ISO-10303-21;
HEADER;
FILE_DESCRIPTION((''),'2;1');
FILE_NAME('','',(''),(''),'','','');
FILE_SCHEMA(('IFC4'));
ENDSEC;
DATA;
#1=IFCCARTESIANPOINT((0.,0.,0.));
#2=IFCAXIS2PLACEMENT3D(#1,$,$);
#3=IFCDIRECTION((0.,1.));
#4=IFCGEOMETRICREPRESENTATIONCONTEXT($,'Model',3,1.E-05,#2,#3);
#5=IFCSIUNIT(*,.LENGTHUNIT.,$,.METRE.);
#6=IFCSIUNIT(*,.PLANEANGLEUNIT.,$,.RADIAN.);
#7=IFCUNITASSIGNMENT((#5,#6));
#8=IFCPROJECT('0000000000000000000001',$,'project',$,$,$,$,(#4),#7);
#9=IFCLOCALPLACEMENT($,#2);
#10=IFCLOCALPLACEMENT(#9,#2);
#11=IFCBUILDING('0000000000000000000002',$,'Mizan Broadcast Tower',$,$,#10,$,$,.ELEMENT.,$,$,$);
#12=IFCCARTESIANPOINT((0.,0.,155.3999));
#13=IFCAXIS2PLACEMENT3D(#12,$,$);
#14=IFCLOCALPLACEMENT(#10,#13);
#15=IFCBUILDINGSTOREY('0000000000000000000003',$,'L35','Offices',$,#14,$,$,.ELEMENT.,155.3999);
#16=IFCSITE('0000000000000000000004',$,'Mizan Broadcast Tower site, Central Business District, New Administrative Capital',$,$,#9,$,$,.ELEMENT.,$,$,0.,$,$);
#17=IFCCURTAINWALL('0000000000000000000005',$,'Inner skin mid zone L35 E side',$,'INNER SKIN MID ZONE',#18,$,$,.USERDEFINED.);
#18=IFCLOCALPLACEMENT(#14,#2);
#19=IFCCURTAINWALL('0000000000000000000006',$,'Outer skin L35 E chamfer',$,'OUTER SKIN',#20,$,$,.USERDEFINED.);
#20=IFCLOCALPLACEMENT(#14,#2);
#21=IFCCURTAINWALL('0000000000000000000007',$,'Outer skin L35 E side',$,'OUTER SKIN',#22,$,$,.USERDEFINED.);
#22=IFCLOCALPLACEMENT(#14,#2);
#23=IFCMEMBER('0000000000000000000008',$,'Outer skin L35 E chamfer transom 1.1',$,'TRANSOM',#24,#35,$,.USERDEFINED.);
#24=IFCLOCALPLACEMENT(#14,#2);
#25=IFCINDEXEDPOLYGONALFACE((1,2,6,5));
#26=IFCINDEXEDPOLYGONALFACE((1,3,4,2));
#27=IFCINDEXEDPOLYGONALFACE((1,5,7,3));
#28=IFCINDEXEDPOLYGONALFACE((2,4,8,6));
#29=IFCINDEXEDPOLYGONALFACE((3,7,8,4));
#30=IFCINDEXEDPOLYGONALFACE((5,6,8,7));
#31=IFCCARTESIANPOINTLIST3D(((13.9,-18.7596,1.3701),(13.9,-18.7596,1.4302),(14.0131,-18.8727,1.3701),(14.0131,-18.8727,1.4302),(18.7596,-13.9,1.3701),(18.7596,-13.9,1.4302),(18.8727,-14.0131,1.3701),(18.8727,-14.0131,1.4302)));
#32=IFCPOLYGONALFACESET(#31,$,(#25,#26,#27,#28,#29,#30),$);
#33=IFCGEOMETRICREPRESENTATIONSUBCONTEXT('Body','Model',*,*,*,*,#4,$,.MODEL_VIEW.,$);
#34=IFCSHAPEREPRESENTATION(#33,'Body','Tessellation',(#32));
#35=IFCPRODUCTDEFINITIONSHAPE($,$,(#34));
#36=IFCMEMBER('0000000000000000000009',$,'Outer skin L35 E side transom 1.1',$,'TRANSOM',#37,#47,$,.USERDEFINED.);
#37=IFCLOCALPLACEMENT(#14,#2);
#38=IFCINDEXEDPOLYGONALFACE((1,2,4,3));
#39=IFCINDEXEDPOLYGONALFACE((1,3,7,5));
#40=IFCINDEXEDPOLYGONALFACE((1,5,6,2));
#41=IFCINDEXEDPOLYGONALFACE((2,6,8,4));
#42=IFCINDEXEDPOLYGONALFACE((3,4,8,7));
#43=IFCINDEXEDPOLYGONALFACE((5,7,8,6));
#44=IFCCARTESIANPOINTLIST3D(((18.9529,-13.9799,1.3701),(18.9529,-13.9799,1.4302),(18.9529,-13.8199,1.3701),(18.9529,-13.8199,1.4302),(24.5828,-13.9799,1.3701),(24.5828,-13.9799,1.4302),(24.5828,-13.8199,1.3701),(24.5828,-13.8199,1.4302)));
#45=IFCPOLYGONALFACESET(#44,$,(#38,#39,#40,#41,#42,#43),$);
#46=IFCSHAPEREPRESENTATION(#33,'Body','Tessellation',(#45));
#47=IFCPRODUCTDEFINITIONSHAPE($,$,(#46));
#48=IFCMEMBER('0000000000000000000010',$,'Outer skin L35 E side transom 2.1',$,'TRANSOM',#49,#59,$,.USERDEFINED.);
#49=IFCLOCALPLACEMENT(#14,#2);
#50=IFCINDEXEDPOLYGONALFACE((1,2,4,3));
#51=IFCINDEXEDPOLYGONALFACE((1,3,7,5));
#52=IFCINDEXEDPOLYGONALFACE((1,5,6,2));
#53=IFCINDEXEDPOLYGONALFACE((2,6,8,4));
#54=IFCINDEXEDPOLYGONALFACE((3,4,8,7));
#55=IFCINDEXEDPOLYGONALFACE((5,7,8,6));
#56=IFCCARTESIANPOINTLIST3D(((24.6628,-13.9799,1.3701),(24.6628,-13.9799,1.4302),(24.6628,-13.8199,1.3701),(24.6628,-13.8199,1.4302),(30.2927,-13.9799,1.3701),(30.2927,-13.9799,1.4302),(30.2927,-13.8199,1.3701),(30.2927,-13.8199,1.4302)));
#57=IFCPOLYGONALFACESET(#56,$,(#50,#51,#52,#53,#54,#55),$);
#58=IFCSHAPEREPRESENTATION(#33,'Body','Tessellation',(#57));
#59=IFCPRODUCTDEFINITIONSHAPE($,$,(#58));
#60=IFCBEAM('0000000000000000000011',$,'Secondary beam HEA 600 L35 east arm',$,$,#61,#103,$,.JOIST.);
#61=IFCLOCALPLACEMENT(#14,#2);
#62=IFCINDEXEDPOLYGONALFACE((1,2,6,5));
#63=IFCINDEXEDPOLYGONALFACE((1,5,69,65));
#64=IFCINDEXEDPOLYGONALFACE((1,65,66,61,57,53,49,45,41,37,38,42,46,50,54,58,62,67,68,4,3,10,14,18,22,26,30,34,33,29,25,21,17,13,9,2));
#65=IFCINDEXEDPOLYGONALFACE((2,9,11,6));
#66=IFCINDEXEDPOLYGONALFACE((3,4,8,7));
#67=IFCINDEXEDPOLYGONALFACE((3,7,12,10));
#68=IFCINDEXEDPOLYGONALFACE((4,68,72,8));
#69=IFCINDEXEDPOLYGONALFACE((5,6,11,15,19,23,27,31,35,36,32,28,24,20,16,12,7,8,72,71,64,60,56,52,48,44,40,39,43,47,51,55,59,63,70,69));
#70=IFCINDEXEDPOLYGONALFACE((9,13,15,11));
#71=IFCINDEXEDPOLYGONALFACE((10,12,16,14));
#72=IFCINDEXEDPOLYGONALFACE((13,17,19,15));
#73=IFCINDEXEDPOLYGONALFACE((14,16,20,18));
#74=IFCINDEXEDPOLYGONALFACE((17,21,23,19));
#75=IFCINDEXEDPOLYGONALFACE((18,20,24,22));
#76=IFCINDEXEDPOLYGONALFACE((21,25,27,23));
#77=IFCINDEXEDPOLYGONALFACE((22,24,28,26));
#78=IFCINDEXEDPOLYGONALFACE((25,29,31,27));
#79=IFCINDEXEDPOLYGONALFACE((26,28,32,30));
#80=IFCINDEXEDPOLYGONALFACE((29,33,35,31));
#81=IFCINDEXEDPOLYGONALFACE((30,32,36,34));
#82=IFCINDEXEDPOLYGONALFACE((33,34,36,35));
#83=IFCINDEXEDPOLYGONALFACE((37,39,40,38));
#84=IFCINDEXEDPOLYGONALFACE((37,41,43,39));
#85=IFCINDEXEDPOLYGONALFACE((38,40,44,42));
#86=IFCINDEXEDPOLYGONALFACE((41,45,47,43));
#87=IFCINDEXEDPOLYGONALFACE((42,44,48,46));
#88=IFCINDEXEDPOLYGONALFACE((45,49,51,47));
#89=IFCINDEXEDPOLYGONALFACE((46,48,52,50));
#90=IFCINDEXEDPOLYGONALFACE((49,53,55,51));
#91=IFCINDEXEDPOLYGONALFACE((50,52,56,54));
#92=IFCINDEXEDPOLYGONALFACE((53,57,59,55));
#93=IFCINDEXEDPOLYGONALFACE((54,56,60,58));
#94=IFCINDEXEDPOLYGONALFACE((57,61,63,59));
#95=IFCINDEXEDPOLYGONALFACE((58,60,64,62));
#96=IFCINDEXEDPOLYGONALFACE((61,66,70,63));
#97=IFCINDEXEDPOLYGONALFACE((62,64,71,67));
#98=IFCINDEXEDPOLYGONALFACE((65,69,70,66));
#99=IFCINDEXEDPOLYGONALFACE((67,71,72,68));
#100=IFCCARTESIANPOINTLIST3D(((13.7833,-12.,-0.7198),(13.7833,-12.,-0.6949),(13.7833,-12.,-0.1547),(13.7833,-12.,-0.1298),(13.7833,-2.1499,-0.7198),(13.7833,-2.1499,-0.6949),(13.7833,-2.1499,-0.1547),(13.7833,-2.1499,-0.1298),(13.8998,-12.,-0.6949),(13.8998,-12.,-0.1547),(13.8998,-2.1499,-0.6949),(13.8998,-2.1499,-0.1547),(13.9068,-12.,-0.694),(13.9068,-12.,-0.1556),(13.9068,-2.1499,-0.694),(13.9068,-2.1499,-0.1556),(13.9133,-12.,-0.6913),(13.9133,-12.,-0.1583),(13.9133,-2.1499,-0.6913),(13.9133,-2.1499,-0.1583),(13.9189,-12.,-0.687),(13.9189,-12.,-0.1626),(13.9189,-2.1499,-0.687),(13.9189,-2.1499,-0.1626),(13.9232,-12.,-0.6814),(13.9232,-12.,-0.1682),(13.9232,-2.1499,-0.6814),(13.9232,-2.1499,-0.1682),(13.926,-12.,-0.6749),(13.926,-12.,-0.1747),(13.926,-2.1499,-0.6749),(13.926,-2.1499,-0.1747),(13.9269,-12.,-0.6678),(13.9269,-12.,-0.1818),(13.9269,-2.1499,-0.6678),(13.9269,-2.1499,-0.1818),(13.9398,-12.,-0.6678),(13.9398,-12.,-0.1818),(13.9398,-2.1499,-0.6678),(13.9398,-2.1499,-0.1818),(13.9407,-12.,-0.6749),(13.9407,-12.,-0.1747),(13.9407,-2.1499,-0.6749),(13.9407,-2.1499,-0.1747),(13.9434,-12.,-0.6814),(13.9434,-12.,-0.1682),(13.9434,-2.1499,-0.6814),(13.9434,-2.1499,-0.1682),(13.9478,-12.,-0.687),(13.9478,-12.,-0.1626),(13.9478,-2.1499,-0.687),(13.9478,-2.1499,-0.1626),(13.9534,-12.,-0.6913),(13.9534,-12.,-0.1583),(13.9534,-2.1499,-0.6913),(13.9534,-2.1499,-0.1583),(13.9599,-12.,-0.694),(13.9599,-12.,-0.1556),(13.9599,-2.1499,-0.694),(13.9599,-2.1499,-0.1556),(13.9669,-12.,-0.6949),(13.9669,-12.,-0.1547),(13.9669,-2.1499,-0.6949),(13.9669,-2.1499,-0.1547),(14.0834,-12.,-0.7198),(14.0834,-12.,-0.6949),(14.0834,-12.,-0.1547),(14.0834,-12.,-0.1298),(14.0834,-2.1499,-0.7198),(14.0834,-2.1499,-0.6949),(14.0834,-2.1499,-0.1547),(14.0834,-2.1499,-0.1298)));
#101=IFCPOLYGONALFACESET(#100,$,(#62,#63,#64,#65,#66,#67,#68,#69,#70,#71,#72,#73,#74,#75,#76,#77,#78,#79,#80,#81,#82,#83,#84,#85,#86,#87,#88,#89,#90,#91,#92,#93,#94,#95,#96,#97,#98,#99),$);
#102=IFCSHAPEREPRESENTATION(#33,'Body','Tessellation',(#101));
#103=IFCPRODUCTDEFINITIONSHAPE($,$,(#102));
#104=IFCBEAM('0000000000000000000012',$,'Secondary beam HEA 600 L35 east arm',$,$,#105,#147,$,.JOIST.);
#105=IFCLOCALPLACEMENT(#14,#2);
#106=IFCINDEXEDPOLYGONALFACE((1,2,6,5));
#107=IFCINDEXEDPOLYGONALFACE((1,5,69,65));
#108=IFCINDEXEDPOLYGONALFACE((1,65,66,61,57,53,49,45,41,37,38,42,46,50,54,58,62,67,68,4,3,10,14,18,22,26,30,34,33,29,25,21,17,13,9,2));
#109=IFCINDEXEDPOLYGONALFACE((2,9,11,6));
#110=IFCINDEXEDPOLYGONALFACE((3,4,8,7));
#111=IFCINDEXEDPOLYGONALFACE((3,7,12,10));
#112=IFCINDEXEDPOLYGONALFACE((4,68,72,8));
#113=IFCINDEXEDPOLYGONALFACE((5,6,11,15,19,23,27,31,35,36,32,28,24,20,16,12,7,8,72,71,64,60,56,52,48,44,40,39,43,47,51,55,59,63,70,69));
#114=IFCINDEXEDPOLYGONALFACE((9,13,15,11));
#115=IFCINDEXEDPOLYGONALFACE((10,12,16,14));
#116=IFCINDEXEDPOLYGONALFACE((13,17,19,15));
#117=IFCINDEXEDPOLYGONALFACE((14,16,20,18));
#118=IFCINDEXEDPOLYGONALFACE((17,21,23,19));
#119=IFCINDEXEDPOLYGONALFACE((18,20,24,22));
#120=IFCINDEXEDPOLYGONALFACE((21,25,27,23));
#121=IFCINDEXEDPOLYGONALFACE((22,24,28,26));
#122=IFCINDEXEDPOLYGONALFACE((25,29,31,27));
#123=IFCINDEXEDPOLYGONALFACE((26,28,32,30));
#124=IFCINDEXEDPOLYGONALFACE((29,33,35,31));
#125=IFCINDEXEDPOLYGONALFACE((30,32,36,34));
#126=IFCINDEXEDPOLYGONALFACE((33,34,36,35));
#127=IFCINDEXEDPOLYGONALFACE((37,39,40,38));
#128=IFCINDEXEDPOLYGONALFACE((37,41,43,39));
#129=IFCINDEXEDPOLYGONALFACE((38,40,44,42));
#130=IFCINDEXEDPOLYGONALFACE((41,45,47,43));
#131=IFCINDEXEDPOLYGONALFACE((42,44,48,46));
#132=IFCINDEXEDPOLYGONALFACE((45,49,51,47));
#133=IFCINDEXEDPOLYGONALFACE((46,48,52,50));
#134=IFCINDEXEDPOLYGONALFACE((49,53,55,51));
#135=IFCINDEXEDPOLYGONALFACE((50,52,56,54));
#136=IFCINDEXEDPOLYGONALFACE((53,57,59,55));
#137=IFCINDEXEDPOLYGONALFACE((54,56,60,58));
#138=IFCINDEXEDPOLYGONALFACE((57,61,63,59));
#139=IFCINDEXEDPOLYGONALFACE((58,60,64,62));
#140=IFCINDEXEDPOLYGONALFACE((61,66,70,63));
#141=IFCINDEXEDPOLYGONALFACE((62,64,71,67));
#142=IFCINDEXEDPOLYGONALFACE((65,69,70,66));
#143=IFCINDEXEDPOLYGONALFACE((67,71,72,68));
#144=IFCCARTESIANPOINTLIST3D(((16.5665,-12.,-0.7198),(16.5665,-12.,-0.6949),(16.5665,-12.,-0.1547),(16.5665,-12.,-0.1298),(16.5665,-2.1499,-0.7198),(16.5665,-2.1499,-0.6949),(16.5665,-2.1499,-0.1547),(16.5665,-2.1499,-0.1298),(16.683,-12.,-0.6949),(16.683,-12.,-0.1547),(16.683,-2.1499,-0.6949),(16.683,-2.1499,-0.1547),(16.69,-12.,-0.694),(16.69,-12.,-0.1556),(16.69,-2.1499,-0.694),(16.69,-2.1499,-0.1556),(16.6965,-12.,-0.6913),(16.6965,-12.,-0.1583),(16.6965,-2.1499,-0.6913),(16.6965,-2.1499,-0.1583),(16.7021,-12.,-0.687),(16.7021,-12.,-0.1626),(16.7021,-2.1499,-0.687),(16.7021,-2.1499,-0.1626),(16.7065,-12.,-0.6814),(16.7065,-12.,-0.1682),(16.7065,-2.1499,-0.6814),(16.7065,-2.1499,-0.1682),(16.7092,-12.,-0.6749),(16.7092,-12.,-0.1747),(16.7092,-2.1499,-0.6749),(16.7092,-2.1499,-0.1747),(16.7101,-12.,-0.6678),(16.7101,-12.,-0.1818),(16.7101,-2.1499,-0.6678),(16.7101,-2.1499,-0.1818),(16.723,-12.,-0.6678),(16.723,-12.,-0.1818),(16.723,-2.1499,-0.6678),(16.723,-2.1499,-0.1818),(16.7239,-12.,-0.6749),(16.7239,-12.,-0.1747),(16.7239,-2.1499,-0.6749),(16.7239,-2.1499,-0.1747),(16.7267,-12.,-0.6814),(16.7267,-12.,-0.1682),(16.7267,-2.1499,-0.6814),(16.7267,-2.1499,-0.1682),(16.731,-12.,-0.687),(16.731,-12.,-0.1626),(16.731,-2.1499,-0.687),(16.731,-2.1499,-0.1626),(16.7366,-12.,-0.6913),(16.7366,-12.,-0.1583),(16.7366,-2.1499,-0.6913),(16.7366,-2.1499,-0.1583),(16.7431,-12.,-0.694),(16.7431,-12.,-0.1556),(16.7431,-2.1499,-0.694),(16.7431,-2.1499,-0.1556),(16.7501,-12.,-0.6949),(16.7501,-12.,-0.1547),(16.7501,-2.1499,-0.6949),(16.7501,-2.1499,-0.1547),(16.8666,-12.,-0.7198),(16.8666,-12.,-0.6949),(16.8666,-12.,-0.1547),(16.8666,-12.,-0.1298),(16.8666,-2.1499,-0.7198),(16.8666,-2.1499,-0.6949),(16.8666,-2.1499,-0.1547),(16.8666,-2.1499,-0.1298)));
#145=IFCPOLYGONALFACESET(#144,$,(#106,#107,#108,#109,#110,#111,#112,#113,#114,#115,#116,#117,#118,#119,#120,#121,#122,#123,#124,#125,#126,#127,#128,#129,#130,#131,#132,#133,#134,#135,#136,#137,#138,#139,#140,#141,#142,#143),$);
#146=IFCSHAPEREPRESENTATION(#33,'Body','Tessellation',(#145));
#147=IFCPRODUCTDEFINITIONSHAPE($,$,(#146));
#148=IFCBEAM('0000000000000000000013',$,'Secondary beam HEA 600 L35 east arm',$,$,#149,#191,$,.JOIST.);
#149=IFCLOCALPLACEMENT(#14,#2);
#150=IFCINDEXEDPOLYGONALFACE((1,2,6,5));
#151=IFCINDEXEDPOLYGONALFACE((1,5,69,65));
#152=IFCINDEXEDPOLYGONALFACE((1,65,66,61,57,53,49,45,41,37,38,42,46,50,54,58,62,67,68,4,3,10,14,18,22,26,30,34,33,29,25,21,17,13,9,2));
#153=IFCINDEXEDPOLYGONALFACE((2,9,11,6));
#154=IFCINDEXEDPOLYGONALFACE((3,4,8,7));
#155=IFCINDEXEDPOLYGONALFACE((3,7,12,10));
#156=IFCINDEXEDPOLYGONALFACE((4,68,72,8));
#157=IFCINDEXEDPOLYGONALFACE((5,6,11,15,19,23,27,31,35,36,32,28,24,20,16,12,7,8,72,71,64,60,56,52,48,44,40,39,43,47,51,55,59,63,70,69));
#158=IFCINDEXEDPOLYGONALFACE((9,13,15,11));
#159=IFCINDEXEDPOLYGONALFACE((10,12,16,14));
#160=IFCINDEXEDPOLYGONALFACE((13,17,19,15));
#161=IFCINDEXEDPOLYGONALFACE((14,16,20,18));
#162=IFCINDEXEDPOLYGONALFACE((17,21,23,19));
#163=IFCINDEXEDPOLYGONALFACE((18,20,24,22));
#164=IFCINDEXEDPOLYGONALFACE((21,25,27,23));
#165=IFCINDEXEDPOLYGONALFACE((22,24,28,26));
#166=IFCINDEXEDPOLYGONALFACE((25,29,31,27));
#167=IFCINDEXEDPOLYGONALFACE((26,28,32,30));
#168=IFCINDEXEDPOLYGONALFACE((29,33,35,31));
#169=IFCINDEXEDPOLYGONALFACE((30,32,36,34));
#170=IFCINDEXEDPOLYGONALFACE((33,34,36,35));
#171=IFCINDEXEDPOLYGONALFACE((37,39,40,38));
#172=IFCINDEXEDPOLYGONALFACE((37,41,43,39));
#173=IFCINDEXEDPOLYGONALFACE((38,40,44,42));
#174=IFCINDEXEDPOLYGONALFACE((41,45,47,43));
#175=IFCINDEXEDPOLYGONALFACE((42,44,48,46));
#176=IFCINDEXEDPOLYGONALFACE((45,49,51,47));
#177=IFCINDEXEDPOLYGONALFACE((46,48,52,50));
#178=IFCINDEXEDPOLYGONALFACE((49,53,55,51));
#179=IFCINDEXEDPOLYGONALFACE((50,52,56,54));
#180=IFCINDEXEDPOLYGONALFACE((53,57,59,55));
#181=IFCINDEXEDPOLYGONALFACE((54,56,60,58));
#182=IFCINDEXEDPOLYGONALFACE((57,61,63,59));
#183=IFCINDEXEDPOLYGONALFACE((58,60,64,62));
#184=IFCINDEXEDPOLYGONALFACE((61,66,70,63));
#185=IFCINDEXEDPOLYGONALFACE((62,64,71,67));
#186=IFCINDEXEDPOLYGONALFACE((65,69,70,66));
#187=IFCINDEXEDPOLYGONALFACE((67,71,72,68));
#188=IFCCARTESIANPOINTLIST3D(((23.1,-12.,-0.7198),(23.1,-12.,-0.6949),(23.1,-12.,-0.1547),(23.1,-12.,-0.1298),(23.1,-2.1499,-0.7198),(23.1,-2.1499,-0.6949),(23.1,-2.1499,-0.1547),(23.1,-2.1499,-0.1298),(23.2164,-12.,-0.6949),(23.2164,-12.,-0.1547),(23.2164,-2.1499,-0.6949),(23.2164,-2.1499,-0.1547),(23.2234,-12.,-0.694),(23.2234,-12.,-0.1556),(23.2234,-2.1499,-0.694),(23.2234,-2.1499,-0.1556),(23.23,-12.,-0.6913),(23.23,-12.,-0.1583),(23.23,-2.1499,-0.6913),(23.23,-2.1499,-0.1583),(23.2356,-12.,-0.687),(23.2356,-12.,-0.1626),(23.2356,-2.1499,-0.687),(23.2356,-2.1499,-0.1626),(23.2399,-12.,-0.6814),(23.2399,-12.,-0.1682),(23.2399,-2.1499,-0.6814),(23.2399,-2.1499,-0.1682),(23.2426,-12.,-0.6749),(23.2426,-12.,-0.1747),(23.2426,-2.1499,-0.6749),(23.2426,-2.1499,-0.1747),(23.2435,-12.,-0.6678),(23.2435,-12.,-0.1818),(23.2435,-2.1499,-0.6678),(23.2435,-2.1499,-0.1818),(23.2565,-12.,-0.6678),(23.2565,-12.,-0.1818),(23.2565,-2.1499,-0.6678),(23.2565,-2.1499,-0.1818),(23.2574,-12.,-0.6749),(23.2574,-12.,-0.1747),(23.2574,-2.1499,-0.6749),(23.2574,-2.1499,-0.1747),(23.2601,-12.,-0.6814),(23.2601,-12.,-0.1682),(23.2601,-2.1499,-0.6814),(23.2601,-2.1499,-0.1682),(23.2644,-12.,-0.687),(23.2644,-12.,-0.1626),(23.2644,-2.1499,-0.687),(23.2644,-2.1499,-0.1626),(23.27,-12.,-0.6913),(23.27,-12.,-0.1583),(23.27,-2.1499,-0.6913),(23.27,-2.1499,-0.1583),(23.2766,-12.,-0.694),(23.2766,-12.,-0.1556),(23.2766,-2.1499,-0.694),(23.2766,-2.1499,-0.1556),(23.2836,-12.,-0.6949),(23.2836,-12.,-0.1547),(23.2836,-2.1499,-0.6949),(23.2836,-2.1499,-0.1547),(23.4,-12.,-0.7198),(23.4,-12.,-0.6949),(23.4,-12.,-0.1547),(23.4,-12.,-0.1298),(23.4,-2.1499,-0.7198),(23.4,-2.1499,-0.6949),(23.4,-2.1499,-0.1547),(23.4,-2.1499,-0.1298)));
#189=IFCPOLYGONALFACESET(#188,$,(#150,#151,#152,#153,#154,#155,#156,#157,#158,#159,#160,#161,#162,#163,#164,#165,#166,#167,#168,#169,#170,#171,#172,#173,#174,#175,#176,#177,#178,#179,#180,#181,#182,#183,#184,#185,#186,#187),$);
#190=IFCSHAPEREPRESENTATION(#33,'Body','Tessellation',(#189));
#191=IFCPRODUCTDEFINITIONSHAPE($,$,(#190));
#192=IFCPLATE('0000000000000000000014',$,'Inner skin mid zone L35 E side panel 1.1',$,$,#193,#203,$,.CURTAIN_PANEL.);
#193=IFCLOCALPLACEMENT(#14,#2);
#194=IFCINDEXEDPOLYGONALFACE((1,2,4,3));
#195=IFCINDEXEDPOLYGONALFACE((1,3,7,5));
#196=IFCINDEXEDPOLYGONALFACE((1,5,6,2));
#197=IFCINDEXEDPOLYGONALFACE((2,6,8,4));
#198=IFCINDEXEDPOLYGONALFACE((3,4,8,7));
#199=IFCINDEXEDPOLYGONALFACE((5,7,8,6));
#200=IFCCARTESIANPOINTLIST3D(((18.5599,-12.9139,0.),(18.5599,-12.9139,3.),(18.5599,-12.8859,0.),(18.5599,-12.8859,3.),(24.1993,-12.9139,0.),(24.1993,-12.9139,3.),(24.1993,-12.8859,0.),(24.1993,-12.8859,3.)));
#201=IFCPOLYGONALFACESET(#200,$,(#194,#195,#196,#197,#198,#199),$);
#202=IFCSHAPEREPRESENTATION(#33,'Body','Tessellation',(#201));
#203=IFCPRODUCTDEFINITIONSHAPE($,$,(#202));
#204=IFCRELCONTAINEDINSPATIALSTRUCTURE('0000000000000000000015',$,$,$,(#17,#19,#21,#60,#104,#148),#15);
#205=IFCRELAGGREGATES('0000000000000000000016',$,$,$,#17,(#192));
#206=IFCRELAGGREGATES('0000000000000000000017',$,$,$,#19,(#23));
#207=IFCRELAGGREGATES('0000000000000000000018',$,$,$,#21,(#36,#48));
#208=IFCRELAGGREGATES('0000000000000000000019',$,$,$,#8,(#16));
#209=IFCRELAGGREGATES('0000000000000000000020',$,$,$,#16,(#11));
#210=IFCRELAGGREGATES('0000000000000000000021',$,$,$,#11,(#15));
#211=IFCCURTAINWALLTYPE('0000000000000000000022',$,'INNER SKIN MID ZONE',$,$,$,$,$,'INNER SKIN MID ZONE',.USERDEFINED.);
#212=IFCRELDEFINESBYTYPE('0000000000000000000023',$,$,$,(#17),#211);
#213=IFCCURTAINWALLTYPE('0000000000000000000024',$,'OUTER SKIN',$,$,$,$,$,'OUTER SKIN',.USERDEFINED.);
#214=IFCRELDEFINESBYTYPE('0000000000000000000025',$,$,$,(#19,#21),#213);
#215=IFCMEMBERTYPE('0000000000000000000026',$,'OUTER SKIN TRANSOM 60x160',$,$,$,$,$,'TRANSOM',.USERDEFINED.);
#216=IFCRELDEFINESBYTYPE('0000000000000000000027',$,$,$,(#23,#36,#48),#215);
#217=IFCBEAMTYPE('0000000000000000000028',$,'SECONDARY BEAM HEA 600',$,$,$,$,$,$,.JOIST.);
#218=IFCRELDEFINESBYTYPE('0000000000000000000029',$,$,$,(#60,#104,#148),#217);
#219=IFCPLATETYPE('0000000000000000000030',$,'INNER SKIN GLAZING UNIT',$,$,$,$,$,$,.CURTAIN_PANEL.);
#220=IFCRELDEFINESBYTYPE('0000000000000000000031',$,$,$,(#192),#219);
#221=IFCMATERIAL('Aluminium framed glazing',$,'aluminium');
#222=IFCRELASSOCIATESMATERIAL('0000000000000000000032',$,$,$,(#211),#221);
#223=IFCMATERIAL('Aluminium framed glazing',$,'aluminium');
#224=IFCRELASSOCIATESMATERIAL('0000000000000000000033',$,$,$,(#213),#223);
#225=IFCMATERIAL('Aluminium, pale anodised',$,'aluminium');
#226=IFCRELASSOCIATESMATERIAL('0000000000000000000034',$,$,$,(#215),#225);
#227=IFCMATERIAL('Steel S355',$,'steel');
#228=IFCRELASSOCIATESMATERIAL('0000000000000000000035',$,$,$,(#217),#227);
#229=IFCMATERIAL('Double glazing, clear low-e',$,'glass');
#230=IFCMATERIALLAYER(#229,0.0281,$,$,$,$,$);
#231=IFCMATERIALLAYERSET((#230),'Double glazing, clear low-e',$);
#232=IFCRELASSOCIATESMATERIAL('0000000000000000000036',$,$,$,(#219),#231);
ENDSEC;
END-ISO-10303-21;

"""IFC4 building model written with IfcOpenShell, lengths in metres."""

from ifc_helpers import new_model, si_unit, direction, frame, origin, origin_2d, place, context, subcontext, project, spatial, rectangle, i_section, extrude, material, layer, layer_set, material_profile, profile_set, type_object, element, aggregate, save


model = new_model("IFC4")

# Units and contexts
model_context = context("Model", 3, precision=1e-05, world=origin(), true_north=direction((0.0, 1.0)))
body_context = subcontext(model_context, "Body", "Model", "MODEL_VIEW")
ifc_project = project(units=[si_unit("LENGTHUNIT", "METRE"), si_unit("PLANEANGLEUNIT", "RADIAN")], contexts=[model_context])

# Site, building, storey
site_placement = place(None, origin())
site = spatial("IfcSite", under=ifc_project, at=site_placement, Name="Mizan Broadcast Tower site, Central Business District, New Administrative Capital", CompositionType="ELEMENT", RefElevation=0.0)
building_placement = place(site_placement, origin())
building = spatial("IfcBuilding", under=site, at=building_placement, Name="Mizan Broadcast Tower", CompositionType="ELEMENT")
storey_placement = place(building_placement, frame((0.0, 0.0, 155.3999)))
storey = spatial("IfcBuildingStorey", under=building, at=storey_placement, Name="L35", Description="Offices", CompositionType="ELEMENT", Elevation=155.3999)

# Curtain wall
ifc_material_1 = material(Name="Aluminium framed glazing", Category="aluminium")
curtain_wall_type_1 = type_object("IfcCurtainWallType", Name="INNER SKIN MID ZONE", ElementType="INNER SKIN MID ZONE", PredefinedType="USERDEFINED", material=ifc_material_1)
curtain_wall_1_placement = place(storey_placement, origin())
curtain_wall_1 = element("IfcCurtainWall", 1, at=curtain_wall_1_placement, inside=storey, type_object=curtain_wall_type_1, Name="Inner skin mid zone L35 E side", ObjectType="INNER SKIN MID ZONE", PredefinedType="USERDEFINED")

# Curtain walls
ifc_material_2 = material(Name="Aluminium framed glazing", Category="aluminium")
curtain_wall_type_2 = type_object("IfcCurtainWallType", Name="OUTER SKIN", ElementType="OUTER SKIN", PredefinedType="USERDEFINED", material=ifc_material_2)
curtain_wall_2_placement = place(storey_placement, origin())
curtain_wall_2 = element("IfcCurtainWall", 2, at=curtain_wall_2_placement, inside=storey, type_object=curtain_wall_type_2, Name="Outer skin L35 E chamfer", ObjectType="OUTER SKIN", PredefinedType="USERDEFINED")
curtain_wall_3_placement = place(storey_placement, origin())
curtain_wall_3 = element("IfcCurtainWall", 3, at=curtain_wall_3_placement, inside=storey, type_object=curtain_wall_type_2, Name="Outer skin L35 E side", ObjectType="OUTER SKIN", PredefinedType="USERDEFINED")

# Members
ifc_material_3 = material(Name="Aluminium, pale anodised", Category="aluminium")
ifc_material_profile_1 = material_profile(ifc_material_3, rectangle(XDim=0.1599, YDim=0.0601, at=origin_2d()), Name="TRANSOM 160x60")
ifc_profile_set_1 = profile_set([ifc_material_profile_1], Name="Aluminium, pale anodised")
member_type_1 = type_object("IfcMemberType", Name="OUTER SKIN TRANSOM 60x160", ElementType="TRANSOM", PredefinedType="USERDEFINED", material=ifc_profile_set_1)
member_1_placement = place(storey_placement, frame((13.9565, -18.8162, 1.4001), z_axis=(0.707107, 0.707107, 0.0), x_axis=(-0.707107, 0.707107, 0.0)))
member_1 = element("IfcMember", 4, at=member_1_placement, type_object=member_type_1, Name="Outer skin L35 E chamfer transom 1.1", ObjectType="TRANSOM", PredefinedType="USERDEFINED", context=body_context, shape_type="SweptSolid", body=[
    extrude(rectangle(XDim=0.1599, YDim=0.0601, at=origin_2d()), origin(), (0.0, 0.0, 1.0), 6.8726),
])
member_2_placement = place(storey_placement, frame((18.9529, -13.8999, 1.4001), z_axis=(1.0, 0.0, 0.0), x_axis=(0.0, 1.0, 0.0)))
member_2 = element("IfcMember", 5, at=member_2_placement, type_object=member_type_1, Name="Outer skin L35 E side transom 1.1", ObjectType="TRANSOM", PredefinedType="USERDEFINED", context=body_context, shape_type="SweptSolid", body=[
    extrude(rectangle(XDim=0.1599, YDim=0.0601, at=origin_2d()), origin(), (0.0, 0.0, 1.0), 5.6299),
])
member_3_placement = place(storey_placement, frame((24.6628, -13.8999, 1.4001), z_axis=(1.0, 0.0, 0.0), x_axis=(0.0, 1.0, 0.0)))
member_3 = element("IfcMember", 6, at=member_3_placement, type_object=member_type_1, Name="Outer skin L35 E side transom 2.1", ObjectType="TRANSOM", PredefinedType="USERDEFINED", context=body_context, shape_type="SweptSolid", body=[
    extrude(rectangle(XDim=0.1599, YDim=0.0601, at=origin_2d()), origin(), (0.0, 0.0, 1.0), 5.6299),
])

# Beams
ifc_material_4 = material(Name="Steel S355", Category="steel")
ifc_material_profile_2 = material_profile(ifc_material_4, i_section(OverallWidth=0.3, OverallDepth=0.5901, WebThickness=0.0129, FlangeThickness=0.0249, FilletRadius=0.0271, at=origin_2d()), Name="HEA 600")
ifc_profile_set_2 = profile_set([ifc_material_profile_2], Name="Steel S355")
beam_type_1 = type_object("IfcBeamType", Name="SECONDARY BEAM HEA 600", PredefinedType="JOIST", material=ifc_profile_set_2)
for number, where, z_axis, x_axis, name in (
    (7, (13.9333, -12.0, -0.4248), (0.0, 1.0, 0.0), (-1.0, 0.0, 0.0), "Secondary beam HEA 600 L35 east arm"),
    (8, (16.7166, -12.0, -0.4248), (0.0, 1.0, 0.0), (-1.0, 0.0, 0.0), "Secondary beam HEA 600 L35 east arm"),
    (9, (23.25, -12.0, -0.4248), (0.0, 1.0, 0.0), (-1.0, 0.0, 0.0), "Secondary beam HEA 600 L35 east arm"),
):
    element("IfcBeam", number, at=place(storey_placement, frame(where, z_axis=z_axis, x_axis=x_axis)), inside=storey, type_object=beam_type_1, Name=name, PredefinedType="JOIST", context=body_context, shape_type="SweptSolid", body=[
        extrude(i_section(OverallWidth=0.3, OverallDepth=0.5901, WebThickness=0.0129, FlangeThickness=0.0249, FilletRadius=0.0271, at=origin_2d()), origin(), (0.0, 0.0, 1.0), 9.8501),
    ])

# Plate
ifc_material_5 = material(Name="Double glazing, clear low-e", Category="glass")
ifc_layer_1 = layer(ifc_material_5, 0.0281)
ifc_layer_set_1 = layer_set([ifc_layer_1], Name="Double glazing, clear low-e")
plate_type_1 = type_object("IfcPlateType", Name="INNER SKIN GLAZING UNIT", PredefinedType="CURTAIN_PANEL", material=ifc_layer_set_1)
plate_1_placement = place(storey_placement, frame((21.3796, -12.8999, 0.0), z_axis=(0.0, 0.0, 1.0), x_axis=(1.0, 0.0, 0.0)))
plate_1 = element("IfcPlate", 10, at=plate_1_placement, type_object=plate_type_1, Name="Inner skin mid zone L35 E side panel 1.1", PredefinedType="CURTAIN_PANEL", context=body_context, shape_type="SweptSolid", body=[
    extrude(rectangle(XDim=5.6394, YDim=0.0281, at=origin_2d()), origin(), (0.0, 0.0, 1.0), 3.0),
])
aggregate(curtain_wall_1, [plate_1])
aggregate(curtain_wall_2, [member_1])
aggregate(curtain_wall_3, [member_2, member_3])

save(model, "model.ifc")
